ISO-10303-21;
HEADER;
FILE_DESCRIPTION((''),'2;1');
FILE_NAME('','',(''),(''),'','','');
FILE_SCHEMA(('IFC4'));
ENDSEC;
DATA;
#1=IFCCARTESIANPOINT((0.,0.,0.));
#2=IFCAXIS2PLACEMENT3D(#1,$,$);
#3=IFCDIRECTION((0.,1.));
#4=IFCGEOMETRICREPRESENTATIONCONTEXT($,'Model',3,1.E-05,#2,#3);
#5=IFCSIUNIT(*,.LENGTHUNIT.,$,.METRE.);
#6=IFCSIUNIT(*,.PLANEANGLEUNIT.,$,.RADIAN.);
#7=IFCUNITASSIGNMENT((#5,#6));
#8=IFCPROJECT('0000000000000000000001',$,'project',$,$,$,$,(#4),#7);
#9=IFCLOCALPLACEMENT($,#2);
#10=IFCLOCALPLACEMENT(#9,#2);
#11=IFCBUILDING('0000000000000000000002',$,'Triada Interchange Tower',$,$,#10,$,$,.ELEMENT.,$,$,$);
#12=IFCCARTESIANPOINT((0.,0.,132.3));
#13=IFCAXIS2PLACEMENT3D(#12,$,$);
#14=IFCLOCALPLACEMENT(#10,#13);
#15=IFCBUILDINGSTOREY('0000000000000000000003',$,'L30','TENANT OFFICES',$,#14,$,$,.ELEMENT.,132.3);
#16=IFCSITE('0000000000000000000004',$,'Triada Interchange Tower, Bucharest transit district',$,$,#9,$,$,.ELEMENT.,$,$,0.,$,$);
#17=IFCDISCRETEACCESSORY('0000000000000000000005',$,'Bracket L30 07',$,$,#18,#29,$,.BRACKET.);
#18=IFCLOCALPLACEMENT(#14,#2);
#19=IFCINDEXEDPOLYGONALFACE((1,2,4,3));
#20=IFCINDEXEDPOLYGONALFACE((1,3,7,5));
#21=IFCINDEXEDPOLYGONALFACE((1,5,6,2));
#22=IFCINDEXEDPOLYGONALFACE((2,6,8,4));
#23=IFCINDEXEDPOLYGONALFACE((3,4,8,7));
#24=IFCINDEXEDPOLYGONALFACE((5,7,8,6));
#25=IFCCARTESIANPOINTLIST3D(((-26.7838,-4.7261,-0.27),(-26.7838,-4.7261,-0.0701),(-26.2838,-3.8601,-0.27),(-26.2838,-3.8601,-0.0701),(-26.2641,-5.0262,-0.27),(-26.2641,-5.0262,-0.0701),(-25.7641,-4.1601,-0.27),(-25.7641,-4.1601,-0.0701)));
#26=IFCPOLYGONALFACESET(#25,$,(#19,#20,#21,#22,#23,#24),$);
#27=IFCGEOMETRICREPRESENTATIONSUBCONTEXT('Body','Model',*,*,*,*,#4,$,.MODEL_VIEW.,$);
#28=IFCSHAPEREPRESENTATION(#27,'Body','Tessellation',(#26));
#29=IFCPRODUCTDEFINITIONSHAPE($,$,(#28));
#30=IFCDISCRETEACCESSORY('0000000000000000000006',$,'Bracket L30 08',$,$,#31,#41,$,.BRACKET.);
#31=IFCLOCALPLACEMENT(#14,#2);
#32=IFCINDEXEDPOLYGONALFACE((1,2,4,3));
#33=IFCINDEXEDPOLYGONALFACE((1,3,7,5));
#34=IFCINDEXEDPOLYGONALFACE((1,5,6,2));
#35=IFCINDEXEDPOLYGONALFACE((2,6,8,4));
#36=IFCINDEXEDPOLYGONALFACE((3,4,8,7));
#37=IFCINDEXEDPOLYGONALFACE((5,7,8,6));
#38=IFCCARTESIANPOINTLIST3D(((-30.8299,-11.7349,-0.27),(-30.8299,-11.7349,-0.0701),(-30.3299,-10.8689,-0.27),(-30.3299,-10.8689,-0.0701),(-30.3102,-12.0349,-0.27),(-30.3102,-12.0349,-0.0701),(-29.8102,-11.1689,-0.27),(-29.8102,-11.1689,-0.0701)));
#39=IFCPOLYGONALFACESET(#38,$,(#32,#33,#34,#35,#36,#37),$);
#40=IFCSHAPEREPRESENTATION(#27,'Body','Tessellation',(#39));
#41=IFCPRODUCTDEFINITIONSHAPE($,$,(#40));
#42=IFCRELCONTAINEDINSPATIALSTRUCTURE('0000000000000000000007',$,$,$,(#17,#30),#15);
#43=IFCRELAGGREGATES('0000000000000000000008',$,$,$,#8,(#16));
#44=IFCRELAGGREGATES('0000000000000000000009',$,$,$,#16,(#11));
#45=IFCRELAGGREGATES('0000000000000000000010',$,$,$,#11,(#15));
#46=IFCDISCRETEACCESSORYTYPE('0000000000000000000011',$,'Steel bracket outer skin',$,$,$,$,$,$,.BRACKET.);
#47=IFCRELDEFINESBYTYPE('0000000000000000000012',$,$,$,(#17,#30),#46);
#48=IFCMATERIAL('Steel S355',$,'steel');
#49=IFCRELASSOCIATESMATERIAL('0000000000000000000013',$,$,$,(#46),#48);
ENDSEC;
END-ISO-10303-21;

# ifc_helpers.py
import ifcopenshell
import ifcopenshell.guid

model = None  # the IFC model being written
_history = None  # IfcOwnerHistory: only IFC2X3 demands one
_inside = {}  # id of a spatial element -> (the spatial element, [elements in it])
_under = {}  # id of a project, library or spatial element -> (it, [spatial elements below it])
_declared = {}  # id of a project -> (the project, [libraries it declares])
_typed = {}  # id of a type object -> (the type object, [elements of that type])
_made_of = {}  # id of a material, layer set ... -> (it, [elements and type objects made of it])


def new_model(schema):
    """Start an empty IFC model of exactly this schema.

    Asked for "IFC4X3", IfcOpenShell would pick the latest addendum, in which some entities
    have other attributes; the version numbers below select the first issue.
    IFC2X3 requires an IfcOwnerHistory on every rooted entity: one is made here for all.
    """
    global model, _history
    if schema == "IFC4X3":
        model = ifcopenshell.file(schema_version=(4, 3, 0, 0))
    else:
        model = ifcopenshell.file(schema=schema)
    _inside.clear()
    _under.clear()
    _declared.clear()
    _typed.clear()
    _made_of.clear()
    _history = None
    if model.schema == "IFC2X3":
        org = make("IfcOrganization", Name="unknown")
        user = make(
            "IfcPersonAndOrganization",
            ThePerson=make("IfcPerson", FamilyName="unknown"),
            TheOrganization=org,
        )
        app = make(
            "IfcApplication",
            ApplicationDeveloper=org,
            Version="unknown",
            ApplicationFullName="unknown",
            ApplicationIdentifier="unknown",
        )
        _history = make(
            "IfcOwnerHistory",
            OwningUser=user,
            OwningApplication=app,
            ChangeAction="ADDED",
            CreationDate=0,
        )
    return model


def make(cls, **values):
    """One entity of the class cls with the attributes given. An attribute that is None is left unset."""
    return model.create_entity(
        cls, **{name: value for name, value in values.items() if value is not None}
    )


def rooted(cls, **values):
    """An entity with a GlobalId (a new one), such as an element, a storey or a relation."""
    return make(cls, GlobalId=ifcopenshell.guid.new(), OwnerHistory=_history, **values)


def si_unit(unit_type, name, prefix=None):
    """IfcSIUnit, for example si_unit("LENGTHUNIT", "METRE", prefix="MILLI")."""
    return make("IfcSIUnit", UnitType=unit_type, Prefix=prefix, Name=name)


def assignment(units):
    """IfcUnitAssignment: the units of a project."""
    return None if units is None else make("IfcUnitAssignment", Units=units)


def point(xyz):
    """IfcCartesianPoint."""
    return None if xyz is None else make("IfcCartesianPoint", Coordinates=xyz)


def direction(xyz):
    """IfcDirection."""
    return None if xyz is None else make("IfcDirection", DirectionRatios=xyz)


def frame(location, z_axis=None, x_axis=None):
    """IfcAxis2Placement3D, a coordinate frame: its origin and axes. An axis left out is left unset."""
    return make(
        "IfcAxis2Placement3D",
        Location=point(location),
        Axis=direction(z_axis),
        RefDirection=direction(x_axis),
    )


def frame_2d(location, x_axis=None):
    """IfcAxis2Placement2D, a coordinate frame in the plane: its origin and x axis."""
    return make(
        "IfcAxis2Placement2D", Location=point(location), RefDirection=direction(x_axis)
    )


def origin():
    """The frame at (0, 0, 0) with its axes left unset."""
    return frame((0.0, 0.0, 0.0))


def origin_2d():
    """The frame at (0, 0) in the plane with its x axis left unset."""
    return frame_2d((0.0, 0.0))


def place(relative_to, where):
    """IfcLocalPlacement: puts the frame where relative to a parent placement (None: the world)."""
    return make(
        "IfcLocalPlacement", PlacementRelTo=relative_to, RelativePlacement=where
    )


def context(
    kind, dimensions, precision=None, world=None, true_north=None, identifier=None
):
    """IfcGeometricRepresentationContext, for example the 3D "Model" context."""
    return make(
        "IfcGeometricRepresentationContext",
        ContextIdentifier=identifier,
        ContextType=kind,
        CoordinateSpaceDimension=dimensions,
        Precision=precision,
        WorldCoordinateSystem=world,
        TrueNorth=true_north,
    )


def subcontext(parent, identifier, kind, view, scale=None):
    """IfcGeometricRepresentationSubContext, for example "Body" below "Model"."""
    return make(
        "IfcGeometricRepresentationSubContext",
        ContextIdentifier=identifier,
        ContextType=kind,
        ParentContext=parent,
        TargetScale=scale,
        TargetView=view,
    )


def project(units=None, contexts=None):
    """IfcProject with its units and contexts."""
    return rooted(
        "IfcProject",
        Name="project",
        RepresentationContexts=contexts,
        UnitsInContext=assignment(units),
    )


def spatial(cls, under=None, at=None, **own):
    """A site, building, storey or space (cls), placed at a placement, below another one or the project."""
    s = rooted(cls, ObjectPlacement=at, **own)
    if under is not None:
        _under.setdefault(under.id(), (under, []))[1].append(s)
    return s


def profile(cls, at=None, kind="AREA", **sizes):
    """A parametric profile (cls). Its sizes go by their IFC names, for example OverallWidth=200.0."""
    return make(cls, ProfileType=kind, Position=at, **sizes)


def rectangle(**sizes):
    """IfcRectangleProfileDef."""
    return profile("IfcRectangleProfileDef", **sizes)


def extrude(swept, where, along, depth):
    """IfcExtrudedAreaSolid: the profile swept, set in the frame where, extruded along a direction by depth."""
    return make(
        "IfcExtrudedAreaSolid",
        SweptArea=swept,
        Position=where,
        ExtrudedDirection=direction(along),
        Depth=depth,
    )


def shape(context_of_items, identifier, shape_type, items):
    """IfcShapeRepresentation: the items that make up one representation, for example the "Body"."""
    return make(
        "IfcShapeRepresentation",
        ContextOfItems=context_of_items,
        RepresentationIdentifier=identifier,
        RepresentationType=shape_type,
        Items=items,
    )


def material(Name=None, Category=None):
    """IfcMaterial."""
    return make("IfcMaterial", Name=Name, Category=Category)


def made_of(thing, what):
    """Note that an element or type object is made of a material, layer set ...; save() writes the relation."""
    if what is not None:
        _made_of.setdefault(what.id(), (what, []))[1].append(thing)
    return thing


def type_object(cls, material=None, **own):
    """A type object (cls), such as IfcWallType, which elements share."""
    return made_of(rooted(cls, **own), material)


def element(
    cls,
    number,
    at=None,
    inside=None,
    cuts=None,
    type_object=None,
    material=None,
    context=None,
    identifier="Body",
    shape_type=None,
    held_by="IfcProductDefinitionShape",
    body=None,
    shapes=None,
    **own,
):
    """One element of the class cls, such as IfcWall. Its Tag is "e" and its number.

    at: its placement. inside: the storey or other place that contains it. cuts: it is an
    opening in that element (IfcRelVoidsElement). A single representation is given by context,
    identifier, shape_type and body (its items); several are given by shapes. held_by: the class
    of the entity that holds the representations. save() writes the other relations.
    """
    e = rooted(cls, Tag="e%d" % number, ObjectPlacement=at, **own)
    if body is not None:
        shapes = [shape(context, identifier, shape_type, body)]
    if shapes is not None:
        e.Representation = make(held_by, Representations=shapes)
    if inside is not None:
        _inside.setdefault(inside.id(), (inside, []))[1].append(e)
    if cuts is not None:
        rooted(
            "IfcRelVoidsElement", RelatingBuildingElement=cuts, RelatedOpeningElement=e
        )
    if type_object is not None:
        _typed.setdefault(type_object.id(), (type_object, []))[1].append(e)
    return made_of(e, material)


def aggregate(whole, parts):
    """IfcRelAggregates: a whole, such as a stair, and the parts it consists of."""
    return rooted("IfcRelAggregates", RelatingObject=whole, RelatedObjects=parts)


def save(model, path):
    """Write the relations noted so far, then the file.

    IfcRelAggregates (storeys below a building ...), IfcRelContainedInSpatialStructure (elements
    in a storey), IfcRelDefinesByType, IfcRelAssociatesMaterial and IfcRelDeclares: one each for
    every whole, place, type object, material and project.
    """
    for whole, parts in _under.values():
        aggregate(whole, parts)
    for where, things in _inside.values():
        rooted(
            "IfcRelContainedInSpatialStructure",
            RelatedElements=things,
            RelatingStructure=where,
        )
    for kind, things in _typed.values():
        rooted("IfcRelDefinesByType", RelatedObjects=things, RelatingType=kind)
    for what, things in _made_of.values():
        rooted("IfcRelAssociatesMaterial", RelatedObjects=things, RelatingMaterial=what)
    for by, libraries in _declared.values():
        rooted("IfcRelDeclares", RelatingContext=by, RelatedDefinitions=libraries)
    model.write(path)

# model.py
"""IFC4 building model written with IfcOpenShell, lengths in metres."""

from ifc_helpers import new_model, si_unit, direction, frame, origin, origin_2d, place, context, subcontext, project, spatial, rectangle, extrude, material, type_object, element, save


model = new_model("IFC4")

# Units and contexts
model_context = context("Model", 3, precision=1e-05, world=origin(), true_north=direction((0.0, 1.0)))
body_context = subcontext(model_context, "Body", "Model", "MODEL_VIEW")
ifc_project = project(units=[si_unit("LENGTHUNIT", "METRE"), si_unit("PLANEANGLEUNIT", "RADIAN")], contexts=[model_context])

# Site, building, storey
site_placement = place(None, origin())
site = spatial("IfcSite", under=ifc_project, at=site_placement, Name="Triada Interchange Tower, Bucharest transit district", CompositionType="ELEMENT", RefElevation=0.0)
building_placement = place(site_placement, origin())
building = spatial("IfcBuilding", under=site, at=building_placement, Name="Triada Interchange Tower", CompositionType="ELEMENT")
storey_placement = place(building_placement, frame((0.0, 0.0, 132.3)))
storey = spatial("IfcBuildingStorey", under=building, at=storey_placement, Name="L30", Description="TENANT OFFICES", CompositionType="ELEMENT", Elevation=132.3)

# Discrete accessories
ifc_material_1 = material(Name="Steel S355", Category="steel")
discrete_accessory_type = type_object("IfcDiscreteAccessoryType", Name="Steel bracket outer skin", PredefinedType="BRACKET", material=ifc_material_1)
for number, where, z_axis, x_axis, name in (
    (1, (-26.2739, -4.4431, -0.27), (0.0, 0.0, 1.0), (-0.866023, 0.500004, 0.0), "Bracket L30 07"),
    (2, (-30.3201, -11.4519, -0.27), (0.0, 0.0, 1.0), (-0.866023, 0.500004, 0.0), "Bracket L30 08"),
):
    element("IfcDiscreteAccessory", number, at=place(storey_placement, frame(where, z_axis=z_axis, x_axis=x_axis)), inside=storey, type_object=discrete_accessory_type, Name=name, PredefinedType="BRACKET", context=body_context, shape_type="SweptSolid", body=[
        extrude(rectangle(XDim=0.6001, YDim=1.0, at=origin_2d()), origin(), (0.0, 0.0, 1.0), 0.2),
    ])

save(model, "model.ifc")
